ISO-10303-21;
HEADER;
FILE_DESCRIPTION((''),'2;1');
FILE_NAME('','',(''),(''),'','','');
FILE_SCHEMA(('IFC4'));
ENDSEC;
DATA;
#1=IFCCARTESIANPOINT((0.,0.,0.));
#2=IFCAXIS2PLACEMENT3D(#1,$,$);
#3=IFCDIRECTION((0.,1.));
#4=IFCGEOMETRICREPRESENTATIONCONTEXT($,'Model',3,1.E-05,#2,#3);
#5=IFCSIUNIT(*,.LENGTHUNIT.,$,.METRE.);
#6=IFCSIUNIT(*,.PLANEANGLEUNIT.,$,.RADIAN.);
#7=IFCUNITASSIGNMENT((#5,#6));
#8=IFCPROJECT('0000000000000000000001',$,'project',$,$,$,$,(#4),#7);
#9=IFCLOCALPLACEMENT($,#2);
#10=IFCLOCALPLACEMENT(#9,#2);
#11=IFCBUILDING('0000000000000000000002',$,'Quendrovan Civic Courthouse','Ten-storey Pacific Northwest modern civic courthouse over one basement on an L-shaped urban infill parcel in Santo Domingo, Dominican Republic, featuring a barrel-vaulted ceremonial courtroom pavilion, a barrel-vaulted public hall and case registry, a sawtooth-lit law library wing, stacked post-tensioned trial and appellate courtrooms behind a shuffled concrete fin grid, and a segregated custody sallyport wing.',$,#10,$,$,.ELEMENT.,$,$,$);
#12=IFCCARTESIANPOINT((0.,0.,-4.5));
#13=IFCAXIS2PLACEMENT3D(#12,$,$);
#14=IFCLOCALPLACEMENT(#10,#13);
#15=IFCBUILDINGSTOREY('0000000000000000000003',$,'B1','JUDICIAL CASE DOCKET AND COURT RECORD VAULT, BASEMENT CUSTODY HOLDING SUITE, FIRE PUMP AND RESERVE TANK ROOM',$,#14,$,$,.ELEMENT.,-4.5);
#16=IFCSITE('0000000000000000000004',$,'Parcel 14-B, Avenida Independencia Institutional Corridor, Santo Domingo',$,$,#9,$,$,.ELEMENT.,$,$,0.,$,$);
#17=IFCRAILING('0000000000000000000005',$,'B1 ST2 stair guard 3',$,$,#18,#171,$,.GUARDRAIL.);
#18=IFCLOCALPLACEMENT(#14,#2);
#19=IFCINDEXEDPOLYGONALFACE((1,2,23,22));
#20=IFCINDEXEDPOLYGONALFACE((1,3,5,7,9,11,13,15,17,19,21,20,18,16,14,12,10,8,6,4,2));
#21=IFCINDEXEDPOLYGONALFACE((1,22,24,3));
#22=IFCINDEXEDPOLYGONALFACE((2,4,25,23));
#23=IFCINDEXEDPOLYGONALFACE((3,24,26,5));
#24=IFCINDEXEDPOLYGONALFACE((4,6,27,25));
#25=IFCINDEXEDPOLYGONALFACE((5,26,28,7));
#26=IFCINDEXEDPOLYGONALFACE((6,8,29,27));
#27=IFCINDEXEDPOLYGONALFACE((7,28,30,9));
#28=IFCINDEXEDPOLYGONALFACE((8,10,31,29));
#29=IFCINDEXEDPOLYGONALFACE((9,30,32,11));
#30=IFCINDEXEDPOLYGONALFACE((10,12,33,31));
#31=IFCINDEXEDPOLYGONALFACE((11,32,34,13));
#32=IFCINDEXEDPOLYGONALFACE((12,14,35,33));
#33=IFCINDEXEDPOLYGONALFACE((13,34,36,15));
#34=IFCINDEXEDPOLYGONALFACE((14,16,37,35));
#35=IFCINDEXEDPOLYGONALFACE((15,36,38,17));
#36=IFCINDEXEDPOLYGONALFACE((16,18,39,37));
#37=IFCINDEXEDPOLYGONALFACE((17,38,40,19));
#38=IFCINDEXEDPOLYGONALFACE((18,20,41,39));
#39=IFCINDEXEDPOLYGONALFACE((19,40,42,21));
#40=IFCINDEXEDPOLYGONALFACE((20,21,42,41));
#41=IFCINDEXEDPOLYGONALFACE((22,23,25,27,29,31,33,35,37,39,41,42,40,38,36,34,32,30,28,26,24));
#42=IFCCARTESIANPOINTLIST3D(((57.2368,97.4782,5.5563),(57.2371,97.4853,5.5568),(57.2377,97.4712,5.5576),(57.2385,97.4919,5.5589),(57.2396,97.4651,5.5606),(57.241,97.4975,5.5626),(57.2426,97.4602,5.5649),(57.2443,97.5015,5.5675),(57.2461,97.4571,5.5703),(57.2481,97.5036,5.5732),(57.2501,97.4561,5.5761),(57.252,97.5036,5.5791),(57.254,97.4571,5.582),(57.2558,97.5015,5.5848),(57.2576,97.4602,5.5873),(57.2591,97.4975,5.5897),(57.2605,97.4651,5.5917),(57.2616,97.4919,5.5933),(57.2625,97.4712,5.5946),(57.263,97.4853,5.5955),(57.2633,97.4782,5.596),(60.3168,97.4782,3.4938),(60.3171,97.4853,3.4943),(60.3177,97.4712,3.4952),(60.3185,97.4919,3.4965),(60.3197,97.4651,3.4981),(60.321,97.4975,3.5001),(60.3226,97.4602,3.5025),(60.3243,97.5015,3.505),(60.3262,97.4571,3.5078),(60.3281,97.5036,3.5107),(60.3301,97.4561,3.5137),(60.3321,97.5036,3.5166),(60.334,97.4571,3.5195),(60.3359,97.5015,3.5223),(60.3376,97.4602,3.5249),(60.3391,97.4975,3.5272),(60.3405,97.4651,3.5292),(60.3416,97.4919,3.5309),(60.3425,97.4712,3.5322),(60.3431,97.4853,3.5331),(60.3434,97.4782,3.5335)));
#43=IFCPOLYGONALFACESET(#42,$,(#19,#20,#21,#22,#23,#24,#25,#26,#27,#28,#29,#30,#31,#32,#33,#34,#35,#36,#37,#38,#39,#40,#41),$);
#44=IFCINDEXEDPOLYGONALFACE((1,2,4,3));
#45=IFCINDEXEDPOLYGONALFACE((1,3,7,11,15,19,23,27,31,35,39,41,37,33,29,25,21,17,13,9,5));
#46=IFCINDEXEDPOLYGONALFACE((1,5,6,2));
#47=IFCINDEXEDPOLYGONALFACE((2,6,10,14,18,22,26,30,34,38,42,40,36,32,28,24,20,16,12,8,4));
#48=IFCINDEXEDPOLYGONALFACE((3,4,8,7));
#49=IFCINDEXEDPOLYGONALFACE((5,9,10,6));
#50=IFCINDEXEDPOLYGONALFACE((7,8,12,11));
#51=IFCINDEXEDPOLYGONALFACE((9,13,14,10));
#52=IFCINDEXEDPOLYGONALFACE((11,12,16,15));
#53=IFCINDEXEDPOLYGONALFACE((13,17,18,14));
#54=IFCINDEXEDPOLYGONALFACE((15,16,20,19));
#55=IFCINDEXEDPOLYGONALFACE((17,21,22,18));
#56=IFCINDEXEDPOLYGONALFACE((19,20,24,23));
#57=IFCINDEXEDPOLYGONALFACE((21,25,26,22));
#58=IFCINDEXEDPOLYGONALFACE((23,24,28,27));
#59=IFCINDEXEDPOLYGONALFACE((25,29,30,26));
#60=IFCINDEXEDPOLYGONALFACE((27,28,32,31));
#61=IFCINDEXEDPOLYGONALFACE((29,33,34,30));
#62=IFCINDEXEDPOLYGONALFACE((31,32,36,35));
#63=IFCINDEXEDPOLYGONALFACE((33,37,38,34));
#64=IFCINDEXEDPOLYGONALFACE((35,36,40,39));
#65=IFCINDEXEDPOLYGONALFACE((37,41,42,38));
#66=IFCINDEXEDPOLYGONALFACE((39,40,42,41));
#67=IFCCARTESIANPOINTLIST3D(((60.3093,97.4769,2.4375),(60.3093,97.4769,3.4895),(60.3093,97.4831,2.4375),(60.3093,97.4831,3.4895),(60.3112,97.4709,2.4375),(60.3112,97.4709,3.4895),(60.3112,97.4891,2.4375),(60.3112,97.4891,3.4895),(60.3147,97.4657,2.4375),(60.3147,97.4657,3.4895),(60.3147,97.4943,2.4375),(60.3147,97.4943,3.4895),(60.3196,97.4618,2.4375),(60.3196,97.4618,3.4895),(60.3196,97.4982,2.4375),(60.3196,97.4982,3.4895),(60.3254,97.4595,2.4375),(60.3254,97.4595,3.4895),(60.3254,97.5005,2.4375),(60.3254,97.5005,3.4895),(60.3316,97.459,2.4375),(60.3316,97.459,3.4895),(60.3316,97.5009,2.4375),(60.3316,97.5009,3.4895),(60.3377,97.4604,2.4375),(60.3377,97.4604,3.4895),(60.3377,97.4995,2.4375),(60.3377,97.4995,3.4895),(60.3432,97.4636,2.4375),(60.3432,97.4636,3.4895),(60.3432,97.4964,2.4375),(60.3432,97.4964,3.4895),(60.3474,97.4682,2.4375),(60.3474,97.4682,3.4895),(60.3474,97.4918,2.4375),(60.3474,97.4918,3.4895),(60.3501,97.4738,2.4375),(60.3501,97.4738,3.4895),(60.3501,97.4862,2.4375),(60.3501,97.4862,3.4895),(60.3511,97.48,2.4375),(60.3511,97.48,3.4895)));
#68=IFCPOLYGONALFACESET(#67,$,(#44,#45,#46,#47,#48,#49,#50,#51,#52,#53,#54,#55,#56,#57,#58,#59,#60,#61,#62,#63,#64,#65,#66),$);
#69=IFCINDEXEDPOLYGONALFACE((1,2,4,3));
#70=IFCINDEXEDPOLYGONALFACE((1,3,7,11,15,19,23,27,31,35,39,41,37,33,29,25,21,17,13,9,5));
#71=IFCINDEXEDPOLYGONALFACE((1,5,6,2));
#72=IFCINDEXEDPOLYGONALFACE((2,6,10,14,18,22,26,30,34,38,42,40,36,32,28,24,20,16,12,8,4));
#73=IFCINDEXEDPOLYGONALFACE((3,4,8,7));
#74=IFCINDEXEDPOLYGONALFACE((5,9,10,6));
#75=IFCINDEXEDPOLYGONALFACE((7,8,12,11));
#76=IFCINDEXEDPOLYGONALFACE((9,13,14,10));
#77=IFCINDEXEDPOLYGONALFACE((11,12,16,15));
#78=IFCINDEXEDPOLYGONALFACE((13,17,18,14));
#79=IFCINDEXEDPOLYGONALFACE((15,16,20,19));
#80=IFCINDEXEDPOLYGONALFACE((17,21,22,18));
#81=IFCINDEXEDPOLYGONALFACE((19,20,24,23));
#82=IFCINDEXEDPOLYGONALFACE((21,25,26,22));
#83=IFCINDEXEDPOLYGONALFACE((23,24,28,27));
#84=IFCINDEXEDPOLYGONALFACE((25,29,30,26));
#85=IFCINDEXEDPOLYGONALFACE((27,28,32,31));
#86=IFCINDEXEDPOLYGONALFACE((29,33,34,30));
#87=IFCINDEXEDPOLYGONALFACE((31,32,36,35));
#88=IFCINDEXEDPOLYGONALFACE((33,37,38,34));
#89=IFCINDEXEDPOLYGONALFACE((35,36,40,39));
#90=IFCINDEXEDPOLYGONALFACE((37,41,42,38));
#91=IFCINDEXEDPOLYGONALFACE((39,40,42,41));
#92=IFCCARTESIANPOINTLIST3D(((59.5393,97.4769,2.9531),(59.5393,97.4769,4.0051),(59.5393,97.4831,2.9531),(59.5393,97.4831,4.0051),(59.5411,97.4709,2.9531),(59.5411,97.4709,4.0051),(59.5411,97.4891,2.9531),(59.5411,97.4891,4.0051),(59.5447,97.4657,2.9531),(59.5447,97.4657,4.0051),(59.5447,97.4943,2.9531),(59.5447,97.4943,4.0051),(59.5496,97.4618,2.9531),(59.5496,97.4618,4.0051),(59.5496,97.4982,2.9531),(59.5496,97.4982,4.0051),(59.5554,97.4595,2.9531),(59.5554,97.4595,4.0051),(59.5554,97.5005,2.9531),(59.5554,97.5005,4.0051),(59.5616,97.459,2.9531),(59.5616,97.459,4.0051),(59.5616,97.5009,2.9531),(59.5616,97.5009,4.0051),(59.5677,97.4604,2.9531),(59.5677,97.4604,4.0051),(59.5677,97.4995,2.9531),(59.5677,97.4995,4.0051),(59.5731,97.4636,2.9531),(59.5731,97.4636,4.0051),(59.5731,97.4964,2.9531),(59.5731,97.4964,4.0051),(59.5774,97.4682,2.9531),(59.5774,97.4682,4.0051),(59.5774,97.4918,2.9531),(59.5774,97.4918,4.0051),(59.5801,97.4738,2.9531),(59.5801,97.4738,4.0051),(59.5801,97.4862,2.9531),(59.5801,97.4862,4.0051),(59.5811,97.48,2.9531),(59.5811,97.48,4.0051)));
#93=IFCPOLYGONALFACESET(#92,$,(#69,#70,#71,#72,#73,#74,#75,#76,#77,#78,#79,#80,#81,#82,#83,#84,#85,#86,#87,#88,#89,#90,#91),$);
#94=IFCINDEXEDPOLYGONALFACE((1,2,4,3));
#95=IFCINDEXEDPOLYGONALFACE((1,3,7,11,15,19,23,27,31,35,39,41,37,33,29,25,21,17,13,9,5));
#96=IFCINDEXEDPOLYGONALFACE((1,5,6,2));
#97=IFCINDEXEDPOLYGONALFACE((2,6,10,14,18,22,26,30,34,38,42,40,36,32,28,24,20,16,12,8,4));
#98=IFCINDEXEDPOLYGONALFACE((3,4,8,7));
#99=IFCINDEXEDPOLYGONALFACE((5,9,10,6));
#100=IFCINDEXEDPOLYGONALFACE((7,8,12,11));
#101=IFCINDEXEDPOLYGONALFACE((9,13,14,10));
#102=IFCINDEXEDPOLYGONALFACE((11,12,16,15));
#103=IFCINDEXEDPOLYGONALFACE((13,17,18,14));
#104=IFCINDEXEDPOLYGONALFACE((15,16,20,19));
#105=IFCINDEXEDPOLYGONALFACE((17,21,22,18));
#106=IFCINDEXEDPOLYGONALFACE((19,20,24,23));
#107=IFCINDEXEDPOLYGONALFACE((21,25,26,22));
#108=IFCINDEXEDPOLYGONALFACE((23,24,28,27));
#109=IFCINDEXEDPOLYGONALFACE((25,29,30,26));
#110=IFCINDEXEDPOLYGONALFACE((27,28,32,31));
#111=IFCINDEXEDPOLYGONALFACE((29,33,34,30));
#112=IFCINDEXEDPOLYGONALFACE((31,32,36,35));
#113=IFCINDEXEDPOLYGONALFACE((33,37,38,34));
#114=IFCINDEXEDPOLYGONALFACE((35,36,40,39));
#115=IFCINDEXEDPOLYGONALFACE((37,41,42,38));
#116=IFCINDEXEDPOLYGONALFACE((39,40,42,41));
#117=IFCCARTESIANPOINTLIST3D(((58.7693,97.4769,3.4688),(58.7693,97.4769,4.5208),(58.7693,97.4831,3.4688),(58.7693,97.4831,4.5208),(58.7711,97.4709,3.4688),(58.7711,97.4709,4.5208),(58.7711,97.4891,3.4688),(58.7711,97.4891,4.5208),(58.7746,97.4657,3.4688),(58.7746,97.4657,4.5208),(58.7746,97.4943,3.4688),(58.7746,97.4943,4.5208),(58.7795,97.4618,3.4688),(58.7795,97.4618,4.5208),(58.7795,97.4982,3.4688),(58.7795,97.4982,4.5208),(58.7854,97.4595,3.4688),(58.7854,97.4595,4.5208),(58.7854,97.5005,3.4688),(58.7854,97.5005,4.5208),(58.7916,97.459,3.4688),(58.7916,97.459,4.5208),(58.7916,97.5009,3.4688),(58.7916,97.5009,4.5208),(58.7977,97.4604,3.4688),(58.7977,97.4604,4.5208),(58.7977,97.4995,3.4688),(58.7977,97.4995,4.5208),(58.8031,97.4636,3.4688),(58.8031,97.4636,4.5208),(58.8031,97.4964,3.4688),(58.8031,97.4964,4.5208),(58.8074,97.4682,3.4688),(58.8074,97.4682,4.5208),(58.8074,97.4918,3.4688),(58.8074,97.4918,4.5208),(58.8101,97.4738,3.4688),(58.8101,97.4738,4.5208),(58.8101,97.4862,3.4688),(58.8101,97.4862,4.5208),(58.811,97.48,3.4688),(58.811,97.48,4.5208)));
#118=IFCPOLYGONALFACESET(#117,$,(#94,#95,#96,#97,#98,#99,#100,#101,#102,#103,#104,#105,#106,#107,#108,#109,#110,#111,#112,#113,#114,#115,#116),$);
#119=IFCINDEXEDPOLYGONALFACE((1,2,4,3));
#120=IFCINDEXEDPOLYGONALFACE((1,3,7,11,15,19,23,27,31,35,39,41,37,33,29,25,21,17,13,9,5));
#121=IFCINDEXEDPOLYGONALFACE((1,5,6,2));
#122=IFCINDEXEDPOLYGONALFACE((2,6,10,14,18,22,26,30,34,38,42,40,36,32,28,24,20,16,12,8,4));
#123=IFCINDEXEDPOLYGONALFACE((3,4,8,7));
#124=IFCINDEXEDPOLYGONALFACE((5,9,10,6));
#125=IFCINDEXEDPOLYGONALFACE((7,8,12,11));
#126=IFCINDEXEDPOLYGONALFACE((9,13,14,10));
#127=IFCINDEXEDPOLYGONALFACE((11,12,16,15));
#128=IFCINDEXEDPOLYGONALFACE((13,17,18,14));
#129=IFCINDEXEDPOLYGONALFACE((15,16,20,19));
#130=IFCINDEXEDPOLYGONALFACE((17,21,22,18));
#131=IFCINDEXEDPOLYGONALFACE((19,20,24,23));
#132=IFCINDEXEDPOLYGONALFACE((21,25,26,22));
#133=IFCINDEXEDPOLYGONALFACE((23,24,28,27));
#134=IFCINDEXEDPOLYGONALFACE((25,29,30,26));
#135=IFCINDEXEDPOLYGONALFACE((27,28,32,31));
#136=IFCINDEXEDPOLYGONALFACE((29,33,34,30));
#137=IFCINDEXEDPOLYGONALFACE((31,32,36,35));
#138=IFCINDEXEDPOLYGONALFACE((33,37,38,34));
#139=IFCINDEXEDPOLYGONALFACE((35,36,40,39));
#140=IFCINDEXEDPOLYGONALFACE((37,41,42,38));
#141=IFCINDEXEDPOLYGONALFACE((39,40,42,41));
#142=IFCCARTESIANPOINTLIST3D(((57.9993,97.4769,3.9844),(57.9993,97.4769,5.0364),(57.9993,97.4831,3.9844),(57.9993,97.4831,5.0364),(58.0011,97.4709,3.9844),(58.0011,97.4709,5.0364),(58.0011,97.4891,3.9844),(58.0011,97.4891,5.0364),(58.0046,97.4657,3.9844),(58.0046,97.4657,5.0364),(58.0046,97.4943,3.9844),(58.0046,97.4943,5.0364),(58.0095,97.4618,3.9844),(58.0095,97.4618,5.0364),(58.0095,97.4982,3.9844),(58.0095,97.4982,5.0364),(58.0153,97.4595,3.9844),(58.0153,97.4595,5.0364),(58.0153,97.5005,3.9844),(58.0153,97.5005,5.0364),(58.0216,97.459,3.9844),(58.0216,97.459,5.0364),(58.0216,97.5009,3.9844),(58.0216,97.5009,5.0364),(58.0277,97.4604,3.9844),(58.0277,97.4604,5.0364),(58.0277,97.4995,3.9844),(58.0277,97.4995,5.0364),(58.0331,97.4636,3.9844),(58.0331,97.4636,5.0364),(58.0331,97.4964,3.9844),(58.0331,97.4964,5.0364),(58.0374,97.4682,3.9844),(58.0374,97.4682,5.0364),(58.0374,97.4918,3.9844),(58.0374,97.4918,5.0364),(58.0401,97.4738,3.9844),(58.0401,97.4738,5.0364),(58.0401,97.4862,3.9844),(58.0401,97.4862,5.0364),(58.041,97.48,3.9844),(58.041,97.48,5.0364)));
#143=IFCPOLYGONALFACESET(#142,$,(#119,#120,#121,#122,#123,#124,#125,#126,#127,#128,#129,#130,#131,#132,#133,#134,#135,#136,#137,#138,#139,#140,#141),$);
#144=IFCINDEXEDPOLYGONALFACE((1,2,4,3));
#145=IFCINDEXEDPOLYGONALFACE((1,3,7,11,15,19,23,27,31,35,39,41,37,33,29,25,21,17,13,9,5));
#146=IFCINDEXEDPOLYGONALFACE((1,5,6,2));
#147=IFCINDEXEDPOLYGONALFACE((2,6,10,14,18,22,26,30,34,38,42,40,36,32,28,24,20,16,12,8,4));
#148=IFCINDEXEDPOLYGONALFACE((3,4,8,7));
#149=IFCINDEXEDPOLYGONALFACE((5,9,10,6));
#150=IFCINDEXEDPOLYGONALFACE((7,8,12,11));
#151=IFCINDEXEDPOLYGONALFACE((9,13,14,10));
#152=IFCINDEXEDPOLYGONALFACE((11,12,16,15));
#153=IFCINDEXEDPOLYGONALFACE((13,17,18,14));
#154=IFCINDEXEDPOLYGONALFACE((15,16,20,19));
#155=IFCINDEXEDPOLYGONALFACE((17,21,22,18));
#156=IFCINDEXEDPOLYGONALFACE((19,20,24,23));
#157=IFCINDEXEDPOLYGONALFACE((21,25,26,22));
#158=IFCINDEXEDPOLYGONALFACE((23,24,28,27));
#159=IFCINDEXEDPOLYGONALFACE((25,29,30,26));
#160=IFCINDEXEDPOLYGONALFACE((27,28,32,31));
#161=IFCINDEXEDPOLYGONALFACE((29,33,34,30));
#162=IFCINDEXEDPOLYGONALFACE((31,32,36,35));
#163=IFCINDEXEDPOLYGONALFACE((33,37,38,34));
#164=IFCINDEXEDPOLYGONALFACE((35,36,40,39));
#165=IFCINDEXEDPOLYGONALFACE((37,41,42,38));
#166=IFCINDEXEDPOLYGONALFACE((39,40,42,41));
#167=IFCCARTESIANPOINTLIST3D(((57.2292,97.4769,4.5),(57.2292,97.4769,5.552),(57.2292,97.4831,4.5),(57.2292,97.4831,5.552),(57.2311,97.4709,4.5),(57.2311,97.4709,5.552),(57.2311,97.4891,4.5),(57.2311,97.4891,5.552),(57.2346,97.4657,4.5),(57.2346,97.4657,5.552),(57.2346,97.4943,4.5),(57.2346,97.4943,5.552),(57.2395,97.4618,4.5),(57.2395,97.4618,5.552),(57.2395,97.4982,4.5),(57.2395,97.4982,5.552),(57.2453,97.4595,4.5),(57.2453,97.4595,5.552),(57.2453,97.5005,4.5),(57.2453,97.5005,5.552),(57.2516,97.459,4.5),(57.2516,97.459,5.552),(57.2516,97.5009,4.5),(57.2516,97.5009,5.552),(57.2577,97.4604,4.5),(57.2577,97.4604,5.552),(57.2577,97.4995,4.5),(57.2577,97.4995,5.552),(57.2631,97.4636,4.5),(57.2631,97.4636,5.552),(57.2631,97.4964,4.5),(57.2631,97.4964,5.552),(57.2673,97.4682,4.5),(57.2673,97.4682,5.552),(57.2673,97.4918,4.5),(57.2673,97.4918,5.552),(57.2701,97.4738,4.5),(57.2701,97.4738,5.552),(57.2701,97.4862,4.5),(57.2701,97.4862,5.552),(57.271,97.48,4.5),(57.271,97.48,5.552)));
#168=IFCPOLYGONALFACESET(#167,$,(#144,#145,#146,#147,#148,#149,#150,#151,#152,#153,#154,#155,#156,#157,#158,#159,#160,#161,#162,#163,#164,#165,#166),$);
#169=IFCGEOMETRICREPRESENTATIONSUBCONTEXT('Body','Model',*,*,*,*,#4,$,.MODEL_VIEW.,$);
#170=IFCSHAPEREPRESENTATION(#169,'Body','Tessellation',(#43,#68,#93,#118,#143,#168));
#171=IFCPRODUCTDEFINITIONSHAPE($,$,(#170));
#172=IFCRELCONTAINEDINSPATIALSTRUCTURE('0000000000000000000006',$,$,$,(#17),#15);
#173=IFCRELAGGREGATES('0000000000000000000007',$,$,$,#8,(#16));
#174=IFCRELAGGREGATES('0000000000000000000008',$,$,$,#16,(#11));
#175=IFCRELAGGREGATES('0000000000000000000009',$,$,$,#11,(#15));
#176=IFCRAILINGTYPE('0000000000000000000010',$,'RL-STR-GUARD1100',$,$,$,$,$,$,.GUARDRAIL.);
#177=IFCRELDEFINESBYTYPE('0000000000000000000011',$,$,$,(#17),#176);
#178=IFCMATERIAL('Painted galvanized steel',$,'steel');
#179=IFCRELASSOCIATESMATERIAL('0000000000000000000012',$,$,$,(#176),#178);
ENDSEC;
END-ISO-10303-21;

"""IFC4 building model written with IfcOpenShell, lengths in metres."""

from ifc_helpers import new_model, si_unit, direction, frame, origin, origin_2d, place, context, subcontext, project, spatial, circle, extrude, material, type_object, element, save


model = new_model("IFC4")

# Units and contexts
model_context = context("Model", 3, precision=1e-05, world=origin(), true_north=direction((0.0, 1.0)))
body_context = subcontext(model_context, "Body", "Model", "MODEL_VIEW")
ifc_project = project(units=[si_unit("LENGTHUNIT", "METRE"), si_unit("PLANEANGLEUNIT", "RADIAN")], contexts=[model_context])

# Site, building, storey
site_placement = place(None, origin())
site = spatial("IfcSite", under=ifc_project, at=site_placement, Name="Parcel 14-B, Avenida Independencia Institutional Corridor, Santo Domingo", CompositionType="ELEMENT", RefElevation=0.0)
building_placement = place(site_placement, origin())
building = spatial("IfcBuilding", under=site, at=building_placement, Name="Quendrovan Civic Courthouse", Description="Ten-storey Pacific Northwest modern civic courthouse over one basement on an L-shaped urban infill parcel in Santo Domingo, Dominican Republic, featuring a barrel-vaulted ceremonial courtroom pavilion, a barrel-vaulted public hall and case registry, a sawtooth-lit law library wing, stacked post-tensioned trial and appellate courtrooms behind a shuffled concrete fin grid, and a segregated custody sallyport wing.", CompositionType="ELEMENT")
storey_placement = place(building_placement, frame((0.0, 0.0, -4.5)))
storey = spatial("IfcBuildingStorey", under=building, at=storey_placement, Name="B1", Description="JUDICIAL CASE DOCKET AND COURT RECORD VAULT, BASEMENT CUSTODY HOLDING SUITE, FIRE PUMP AND RESERVE TANK ROOM", CompositionType="ELEMENT", Elevation=-4.5)

# Railing
ifc_material_1 = material(Name="Painted galvanized steel", Category="steel")
railing_type_1 = type_object("IfcRailingType", Name="RL-STR-GUARD1100", PredefinedType="GUARDRAIL", material=ifc_material_1)
railing_1_placement = place(storey_placement, frame((60.3301, 97.48, 2.4375)))
element("IfcRailing", 1, at=railing_1_placement, inside=storey, type_object=railing_type_1, Name="B1 ST2 stair guard 3", PredefinedType="GUARDRAIL", context=body_context, shape_type="SweptSolid", body=[
    extrude(circle(Radius=0.0239, at=origin_2d()), frame((0.0, 0.0, 1.0762), z_axis=(-0.830914, 0.0, 0.556401), x_axis=(0.0, -1.0, 0.0)), (0.0, 0.0, 1.0), 3.7068),
    extrude(circle(Radius=0.021, at=origin_2d()), origin(), (0.0, 0.0, 1.0), 1.052),
    extrude(circle(Radius=0.021, at=origin_2d()), frame((-0.77, 0.0, 0.5156)), (0.0, 0.0, 1.0), 1.052),
    extrude(circle(Radius=0.021, at=origin_2d()), frame((-1.54, 0.0, 1.0312)), (0.0, 0.0, 1.0), 1.052),
    extrude(circle(Radius=0.021, at=origin_2d()), frame((-2.3101, 0.0, 1.5469)), (0.0, 0.0, 1.0), 1.052),
    extrude(circle(Radius=0.021, at=origin_2d()), frame((-3.0801, 0.0, 2.0625)), (0.0, 0.0, 1.0), 1.052),
])

save(model, "model.ifc")
